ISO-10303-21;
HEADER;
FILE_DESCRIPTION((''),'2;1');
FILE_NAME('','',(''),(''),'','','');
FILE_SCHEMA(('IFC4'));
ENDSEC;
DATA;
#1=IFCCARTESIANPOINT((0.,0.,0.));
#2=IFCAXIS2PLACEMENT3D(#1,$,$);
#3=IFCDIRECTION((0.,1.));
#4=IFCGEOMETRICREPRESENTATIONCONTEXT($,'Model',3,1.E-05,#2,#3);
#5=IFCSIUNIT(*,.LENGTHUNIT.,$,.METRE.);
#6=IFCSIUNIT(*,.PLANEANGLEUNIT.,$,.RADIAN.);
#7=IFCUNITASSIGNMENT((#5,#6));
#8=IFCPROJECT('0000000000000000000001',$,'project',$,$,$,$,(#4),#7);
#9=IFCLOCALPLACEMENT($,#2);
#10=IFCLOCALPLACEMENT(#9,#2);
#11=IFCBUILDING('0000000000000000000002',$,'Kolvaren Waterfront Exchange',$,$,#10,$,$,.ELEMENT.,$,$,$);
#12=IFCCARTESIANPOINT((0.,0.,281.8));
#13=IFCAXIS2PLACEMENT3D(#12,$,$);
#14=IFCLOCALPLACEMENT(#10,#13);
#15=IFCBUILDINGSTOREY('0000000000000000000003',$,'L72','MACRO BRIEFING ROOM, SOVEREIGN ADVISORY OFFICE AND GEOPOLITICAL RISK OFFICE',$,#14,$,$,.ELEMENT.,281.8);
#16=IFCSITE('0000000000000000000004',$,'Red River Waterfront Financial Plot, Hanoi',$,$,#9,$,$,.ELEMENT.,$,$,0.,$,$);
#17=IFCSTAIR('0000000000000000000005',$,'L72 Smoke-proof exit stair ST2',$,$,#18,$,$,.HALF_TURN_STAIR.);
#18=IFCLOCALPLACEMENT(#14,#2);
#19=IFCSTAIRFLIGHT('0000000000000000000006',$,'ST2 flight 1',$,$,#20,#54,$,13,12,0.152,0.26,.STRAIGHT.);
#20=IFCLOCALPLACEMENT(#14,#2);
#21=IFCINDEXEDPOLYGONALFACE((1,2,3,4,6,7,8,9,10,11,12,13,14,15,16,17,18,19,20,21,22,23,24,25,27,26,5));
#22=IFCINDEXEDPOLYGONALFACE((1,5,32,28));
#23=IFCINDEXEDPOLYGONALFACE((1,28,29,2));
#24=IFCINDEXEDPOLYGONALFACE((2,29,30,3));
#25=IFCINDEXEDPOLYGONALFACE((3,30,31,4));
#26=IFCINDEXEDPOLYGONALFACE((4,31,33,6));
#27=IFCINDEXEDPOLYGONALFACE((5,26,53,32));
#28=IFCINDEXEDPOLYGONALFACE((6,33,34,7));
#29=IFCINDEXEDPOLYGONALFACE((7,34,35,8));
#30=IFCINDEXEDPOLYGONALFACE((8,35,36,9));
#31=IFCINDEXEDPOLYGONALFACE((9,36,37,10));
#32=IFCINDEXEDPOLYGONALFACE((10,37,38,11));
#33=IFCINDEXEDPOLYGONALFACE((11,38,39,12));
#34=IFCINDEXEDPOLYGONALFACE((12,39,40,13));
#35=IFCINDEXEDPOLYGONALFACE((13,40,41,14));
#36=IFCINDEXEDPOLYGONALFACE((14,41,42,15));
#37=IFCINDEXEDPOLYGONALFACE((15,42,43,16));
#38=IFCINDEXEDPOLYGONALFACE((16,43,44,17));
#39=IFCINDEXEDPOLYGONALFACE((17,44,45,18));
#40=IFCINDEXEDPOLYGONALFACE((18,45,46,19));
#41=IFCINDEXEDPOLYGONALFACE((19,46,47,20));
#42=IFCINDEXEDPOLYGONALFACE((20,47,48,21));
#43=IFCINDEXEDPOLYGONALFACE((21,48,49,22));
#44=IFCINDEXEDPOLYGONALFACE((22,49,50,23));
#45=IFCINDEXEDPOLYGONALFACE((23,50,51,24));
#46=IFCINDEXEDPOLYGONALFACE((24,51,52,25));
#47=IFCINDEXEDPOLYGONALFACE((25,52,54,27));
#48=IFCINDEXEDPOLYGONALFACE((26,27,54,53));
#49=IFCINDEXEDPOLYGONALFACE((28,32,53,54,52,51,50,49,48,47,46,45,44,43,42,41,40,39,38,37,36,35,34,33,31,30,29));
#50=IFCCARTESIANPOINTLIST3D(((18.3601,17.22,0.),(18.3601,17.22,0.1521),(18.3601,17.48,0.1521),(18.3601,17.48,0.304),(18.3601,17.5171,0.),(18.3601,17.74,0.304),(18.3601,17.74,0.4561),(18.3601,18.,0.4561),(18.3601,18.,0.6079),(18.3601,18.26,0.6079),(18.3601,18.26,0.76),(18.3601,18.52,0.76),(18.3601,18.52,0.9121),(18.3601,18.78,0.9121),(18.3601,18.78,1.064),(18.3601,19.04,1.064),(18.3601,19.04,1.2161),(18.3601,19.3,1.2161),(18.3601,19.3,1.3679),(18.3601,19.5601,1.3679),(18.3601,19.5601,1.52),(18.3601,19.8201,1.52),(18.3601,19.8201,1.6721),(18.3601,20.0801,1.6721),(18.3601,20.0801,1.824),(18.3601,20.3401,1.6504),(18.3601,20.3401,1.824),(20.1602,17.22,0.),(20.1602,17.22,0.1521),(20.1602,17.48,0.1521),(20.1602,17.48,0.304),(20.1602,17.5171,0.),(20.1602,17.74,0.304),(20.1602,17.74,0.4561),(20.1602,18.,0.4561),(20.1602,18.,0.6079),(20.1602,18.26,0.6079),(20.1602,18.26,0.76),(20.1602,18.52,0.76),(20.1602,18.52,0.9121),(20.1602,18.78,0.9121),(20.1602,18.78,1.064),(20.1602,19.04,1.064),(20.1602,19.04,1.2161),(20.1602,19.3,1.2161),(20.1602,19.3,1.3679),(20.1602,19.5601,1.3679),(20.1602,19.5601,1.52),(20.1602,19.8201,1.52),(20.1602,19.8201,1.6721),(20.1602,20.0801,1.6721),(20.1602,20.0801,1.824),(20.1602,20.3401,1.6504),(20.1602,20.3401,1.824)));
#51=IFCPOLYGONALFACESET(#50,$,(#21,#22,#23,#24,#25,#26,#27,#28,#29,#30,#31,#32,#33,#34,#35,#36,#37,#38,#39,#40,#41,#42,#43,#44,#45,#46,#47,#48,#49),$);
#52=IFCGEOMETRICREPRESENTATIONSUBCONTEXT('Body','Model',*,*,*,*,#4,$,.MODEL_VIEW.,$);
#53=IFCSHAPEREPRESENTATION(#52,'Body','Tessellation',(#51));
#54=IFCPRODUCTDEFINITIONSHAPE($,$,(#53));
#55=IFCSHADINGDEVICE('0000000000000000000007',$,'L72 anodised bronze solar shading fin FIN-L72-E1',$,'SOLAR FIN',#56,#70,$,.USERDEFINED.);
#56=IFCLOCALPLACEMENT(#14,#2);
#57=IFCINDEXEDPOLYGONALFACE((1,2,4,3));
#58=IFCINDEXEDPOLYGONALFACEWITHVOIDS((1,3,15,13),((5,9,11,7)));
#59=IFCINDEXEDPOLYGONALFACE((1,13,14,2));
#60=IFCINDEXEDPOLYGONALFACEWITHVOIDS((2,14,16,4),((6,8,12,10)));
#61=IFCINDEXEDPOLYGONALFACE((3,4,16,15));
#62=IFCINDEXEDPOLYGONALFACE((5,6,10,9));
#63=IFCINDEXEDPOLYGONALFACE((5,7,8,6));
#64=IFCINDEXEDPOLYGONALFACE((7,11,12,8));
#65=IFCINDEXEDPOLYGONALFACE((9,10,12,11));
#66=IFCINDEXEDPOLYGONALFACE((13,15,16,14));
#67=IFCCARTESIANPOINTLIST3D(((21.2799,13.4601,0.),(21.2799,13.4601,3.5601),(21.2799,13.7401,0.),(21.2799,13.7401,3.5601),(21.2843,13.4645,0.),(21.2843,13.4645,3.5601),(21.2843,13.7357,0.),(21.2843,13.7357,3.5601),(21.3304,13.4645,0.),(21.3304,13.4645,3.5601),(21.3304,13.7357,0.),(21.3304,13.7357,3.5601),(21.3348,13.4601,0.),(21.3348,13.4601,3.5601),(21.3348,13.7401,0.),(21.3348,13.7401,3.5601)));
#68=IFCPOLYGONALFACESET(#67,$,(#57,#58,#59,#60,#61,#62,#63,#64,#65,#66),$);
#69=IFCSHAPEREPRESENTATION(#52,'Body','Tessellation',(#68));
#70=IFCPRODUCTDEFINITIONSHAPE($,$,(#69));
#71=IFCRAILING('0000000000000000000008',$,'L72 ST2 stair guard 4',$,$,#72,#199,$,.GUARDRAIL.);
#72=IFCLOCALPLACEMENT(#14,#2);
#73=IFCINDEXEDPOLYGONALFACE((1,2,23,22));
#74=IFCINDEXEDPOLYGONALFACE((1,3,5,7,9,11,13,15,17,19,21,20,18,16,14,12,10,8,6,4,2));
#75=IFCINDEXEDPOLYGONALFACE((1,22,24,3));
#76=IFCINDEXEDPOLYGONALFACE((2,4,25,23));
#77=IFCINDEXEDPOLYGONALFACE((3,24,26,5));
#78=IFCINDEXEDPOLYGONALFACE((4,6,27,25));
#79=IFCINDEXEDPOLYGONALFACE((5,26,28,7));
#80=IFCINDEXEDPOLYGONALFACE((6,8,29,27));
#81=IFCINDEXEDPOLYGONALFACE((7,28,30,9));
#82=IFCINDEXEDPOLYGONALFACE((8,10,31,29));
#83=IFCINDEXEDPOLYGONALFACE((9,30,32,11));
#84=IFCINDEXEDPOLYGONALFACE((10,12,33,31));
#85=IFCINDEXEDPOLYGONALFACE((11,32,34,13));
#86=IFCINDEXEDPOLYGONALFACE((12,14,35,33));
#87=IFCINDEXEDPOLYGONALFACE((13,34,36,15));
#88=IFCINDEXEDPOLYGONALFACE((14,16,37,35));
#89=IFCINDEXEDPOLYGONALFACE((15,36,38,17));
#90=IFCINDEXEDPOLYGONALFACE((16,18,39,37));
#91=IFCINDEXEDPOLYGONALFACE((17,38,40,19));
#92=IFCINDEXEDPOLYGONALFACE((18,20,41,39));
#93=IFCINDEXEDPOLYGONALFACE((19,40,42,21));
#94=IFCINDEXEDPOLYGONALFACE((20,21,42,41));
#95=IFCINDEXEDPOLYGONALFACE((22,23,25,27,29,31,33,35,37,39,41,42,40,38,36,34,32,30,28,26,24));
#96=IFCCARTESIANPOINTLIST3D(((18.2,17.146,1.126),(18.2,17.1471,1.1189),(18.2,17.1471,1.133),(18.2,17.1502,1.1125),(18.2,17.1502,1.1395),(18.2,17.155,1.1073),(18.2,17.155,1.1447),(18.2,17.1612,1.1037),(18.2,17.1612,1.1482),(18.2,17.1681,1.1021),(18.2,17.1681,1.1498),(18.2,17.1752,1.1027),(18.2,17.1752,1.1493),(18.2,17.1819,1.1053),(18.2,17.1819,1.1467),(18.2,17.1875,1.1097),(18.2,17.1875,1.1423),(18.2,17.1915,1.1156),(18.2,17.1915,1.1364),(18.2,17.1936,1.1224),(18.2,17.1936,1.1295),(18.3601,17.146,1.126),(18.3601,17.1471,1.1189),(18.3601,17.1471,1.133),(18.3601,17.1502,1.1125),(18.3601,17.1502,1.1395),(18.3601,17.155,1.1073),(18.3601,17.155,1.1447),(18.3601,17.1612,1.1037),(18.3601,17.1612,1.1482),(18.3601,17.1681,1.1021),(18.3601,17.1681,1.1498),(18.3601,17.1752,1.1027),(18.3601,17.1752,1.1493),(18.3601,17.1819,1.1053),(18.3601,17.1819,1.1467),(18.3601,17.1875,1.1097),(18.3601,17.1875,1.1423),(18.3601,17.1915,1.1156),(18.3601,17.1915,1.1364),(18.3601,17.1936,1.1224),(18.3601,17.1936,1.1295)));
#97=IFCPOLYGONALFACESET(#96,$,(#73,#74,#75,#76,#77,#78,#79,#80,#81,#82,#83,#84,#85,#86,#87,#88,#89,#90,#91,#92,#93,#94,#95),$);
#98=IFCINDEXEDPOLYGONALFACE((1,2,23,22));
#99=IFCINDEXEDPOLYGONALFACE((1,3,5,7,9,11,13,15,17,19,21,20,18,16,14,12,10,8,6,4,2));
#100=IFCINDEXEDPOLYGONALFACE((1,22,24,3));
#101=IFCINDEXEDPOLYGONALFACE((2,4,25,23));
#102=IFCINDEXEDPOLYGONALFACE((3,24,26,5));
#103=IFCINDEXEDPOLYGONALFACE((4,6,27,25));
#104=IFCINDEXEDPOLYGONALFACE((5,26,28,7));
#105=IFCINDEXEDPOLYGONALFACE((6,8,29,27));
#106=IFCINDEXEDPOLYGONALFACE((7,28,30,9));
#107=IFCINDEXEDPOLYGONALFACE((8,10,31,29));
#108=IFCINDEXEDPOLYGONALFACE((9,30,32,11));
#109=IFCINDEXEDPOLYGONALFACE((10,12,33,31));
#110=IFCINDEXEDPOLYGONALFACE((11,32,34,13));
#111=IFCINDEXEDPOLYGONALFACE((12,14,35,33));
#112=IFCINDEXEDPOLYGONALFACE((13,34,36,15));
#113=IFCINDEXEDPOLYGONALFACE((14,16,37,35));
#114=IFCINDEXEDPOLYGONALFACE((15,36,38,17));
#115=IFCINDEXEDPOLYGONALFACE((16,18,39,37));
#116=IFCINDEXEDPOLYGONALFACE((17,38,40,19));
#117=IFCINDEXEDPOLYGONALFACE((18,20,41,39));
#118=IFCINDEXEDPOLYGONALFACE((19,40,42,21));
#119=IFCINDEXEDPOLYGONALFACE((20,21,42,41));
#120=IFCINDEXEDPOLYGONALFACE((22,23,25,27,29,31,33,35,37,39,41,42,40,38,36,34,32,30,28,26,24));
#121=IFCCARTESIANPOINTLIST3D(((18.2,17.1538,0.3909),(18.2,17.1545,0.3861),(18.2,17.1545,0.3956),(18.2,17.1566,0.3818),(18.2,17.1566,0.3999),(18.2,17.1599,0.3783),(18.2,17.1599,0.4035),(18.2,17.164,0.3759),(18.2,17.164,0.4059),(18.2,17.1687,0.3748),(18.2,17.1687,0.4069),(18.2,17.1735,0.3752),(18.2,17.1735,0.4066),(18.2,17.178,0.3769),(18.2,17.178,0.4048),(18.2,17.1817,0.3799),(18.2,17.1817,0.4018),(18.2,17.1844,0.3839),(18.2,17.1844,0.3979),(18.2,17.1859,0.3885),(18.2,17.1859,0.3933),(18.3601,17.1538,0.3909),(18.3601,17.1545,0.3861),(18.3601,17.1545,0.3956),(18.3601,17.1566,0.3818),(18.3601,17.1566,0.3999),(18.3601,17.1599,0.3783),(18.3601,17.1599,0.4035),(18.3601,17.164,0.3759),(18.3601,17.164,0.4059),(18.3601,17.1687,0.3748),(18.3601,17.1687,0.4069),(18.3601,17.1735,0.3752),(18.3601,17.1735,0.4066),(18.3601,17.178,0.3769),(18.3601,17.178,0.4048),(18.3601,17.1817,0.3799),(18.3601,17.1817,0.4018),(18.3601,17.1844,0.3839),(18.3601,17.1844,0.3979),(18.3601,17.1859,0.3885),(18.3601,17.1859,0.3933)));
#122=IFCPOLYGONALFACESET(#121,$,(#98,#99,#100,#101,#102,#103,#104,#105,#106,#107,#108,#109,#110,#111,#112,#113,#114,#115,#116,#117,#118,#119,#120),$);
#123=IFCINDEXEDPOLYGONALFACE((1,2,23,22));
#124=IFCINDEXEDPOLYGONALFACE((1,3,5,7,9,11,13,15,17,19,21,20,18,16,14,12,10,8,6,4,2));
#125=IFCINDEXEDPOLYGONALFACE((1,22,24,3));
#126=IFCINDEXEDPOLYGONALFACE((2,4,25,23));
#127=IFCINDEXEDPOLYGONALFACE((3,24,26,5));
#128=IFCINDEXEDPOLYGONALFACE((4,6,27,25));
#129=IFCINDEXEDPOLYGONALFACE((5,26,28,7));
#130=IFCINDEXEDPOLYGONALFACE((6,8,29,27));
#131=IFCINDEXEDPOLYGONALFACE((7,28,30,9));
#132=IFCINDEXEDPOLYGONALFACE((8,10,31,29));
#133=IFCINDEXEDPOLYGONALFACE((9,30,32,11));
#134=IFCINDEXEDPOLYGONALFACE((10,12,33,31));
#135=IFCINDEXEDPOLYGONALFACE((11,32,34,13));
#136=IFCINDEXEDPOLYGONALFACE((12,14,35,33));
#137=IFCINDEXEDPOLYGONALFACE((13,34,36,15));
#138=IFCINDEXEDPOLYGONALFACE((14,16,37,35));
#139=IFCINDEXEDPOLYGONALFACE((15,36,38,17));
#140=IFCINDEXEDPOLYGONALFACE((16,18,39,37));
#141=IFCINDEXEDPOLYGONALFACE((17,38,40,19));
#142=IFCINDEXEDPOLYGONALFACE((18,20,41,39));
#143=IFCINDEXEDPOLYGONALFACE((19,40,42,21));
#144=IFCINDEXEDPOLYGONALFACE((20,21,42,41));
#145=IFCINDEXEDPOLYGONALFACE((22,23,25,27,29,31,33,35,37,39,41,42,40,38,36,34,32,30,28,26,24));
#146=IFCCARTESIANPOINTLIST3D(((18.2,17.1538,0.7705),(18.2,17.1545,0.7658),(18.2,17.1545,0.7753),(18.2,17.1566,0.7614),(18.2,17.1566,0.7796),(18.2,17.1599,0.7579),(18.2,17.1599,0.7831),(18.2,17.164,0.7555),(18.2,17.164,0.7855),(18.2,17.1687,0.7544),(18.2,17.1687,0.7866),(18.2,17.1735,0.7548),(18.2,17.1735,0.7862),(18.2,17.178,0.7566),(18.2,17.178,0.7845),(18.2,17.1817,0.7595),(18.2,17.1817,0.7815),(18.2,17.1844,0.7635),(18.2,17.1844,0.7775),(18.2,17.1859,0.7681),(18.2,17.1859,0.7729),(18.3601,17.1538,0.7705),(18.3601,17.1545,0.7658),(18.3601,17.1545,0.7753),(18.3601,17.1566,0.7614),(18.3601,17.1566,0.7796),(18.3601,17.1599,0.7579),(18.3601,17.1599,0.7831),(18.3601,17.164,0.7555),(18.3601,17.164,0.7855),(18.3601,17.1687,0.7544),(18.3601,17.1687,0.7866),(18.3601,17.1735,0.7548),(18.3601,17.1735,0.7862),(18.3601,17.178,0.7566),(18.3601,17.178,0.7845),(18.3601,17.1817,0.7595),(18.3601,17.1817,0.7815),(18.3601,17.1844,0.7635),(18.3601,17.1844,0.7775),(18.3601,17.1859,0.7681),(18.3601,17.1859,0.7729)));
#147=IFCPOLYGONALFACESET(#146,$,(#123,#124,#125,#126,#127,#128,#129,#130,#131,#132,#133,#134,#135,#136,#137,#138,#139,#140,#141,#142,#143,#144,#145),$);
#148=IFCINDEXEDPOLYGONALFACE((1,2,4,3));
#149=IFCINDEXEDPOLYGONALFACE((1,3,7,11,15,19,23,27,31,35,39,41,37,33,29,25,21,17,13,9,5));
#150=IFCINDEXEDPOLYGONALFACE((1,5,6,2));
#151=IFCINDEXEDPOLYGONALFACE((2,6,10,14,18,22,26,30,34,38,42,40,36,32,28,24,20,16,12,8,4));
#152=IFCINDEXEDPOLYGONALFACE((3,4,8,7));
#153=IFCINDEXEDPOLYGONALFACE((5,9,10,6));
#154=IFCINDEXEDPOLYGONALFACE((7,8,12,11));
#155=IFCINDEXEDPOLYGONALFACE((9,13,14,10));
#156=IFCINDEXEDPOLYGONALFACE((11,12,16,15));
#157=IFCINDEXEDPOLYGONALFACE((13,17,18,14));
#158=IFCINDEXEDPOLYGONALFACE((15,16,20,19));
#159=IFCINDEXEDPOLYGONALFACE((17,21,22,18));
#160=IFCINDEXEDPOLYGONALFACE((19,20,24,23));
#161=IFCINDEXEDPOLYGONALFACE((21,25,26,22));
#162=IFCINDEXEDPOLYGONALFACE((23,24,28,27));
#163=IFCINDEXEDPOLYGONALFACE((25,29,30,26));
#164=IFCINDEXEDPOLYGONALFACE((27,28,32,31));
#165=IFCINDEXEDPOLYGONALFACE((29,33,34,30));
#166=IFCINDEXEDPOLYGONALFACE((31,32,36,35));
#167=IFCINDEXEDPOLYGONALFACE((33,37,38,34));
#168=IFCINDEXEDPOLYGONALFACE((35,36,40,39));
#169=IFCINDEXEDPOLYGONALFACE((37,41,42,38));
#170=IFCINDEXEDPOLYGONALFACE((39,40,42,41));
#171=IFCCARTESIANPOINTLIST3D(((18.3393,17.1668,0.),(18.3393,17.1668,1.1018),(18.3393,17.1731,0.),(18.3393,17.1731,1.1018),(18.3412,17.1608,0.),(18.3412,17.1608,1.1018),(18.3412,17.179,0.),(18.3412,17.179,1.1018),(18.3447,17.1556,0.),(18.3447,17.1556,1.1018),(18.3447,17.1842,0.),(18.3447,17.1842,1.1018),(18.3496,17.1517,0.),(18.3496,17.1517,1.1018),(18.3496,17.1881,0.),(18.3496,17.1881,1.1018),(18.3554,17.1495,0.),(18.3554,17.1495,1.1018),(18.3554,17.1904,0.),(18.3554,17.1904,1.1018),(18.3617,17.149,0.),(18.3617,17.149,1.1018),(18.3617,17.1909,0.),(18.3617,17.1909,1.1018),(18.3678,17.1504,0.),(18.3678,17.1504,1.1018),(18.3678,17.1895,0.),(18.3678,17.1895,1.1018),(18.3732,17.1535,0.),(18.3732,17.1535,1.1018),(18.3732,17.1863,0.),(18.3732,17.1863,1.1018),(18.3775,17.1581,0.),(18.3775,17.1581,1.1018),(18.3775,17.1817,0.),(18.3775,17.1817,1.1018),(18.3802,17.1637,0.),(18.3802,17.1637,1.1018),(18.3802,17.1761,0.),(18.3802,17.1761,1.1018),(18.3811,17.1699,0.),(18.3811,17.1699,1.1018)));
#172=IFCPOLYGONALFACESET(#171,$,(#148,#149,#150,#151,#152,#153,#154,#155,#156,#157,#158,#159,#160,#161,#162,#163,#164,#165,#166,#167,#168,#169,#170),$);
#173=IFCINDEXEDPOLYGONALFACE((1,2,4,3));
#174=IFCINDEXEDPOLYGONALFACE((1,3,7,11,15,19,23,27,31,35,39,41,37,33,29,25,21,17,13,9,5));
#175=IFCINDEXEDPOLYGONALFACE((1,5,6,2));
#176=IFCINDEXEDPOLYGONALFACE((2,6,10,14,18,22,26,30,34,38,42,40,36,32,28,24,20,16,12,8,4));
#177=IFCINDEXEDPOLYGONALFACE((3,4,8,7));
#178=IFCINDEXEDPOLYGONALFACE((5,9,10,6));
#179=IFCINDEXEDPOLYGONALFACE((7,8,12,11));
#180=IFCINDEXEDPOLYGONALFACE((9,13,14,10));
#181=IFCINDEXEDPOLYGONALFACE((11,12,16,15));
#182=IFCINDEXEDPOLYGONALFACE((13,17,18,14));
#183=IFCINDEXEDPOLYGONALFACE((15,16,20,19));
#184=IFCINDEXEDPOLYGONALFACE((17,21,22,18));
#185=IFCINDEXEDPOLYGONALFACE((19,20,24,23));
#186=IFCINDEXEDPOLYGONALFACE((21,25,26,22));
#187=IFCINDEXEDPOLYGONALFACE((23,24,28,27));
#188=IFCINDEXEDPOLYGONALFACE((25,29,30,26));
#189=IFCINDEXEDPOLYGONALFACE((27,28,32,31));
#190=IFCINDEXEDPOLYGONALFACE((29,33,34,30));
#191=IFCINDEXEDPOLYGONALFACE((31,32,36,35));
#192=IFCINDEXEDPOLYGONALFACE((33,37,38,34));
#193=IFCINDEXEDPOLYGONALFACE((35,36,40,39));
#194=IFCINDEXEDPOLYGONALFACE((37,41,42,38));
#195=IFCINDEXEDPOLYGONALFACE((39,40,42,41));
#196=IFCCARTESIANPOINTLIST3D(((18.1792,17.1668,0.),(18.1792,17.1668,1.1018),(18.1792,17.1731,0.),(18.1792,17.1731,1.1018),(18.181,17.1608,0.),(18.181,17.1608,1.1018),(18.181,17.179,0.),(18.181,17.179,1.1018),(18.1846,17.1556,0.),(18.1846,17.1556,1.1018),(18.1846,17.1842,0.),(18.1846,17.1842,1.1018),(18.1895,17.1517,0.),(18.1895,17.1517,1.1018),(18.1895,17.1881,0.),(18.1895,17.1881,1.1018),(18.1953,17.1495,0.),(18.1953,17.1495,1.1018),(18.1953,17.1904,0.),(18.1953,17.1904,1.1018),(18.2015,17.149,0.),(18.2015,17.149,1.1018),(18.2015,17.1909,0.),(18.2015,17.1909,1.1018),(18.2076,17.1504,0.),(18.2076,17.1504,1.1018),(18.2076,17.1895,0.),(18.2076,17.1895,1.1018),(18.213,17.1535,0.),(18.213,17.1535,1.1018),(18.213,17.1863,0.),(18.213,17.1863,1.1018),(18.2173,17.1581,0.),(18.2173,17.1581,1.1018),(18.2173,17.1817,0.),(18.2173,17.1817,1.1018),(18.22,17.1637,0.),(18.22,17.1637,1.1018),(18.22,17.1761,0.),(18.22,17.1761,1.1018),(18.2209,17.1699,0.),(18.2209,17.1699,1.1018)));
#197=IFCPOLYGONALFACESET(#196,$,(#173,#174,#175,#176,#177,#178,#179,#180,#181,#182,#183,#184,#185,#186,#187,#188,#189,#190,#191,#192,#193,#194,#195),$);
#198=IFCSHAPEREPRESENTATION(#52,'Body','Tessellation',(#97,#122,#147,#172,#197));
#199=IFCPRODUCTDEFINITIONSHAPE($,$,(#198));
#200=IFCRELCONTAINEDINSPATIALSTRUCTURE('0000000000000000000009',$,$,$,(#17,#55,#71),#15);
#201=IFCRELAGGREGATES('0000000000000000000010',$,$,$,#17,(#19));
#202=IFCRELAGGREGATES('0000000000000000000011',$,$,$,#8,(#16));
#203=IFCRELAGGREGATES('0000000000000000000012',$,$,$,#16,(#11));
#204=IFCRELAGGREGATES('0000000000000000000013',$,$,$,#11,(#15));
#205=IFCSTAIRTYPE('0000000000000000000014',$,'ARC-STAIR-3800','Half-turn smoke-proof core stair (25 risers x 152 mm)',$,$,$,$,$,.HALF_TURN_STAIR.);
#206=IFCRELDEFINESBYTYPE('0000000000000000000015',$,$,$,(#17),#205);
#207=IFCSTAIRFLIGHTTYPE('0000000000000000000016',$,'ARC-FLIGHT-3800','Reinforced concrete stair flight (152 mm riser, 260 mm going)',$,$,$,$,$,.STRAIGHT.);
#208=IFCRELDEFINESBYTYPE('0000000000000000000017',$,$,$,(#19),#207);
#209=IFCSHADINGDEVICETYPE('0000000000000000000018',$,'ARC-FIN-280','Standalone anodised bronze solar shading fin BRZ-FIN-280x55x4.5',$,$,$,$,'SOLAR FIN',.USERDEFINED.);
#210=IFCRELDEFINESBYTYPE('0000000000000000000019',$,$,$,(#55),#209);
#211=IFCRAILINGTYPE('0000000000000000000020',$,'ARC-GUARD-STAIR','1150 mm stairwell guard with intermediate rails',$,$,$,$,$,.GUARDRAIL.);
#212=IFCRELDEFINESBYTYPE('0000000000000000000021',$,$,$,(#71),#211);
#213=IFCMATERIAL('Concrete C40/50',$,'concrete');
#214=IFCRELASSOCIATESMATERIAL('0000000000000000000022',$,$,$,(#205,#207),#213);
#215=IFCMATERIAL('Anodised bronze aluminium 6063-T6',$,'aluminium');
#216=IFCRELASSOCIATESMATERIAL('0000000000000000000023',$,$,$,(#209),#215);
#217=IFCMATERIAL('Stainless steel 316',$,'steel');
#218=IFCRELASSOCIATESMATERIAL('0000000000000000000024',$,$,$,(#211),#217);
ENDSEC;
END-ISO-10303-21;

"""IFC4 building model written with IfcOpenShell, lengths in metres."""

from ifc_helpers import new_model, si_unit, direction, frame, origin, origin_2d, place, context, subcontext, project, spatial, polyline, hollow_rectangle, circle, outline, extrude, material, material_profile, profile_set, type_object, element, aggregate, save


model = new_model("IFC4")

# Units and contexts
model_context = context("Model", 3, precision=1e-05, world=origin(), true_north=direction((0.0, 1.0)))
body_context = subcontext(model_context, "Body", "Model", "MODEL_VIEW")
ifc_project = project(units=[si_unit("LENGTHUNIT", "METRE"), si_unit("PLANEANGLEUNIT", "RADIAN")], contexts=[model_context])

# Site, building, storey
site_placement = place(None, origin())
site = spatial("IfcSite", under=ifc_project, at=site_placement, Name="Red River Waterfront Financial Plot, Hanoi", CompositionType="ELEMENT", RefElevation=0.0)
building_placement = place(site_placement, origin())
building = spatial("IfcBuilding", under=site, at=building_placement, Name="Kolvaren Waterfront Exchange", CompositionType="ELEMENT")
storey_placement = place(building_placement, frame((0.0, 0.0, 281.8)))
storey = spatial("IfcBuildingStorey", under=building, at=storey_placement, Name="L72", Description="MACRO BRIEFING ROOM, SOVEREIGN ADVISORY OFFICE AND GEOPOLITICAL RISK OFFICE", CompositionType="ELEMENT", Elevation=281.8)

# Shared definitions
ifc_material_1 = material(Name="Concrete C40/50", Category="concrete")

# Stair, stair flight
stair_type = type_object("IfcStairType", Name="ARC-STAIR-3800", Description="Half-turn smoke-proof core stair (25 risers x 152 mm)", PredefinedType="HALF_TURN_STAIR", material=ifc_material_1)
stair_placement = place(storey_placement, origin())
stair = element("IfcStair", 1, at=stair_placement, inside=storey, type_object=stair_type, Name="L72 Smoke-proof exit stair ST2", PredefinedType="HALF_TURN_STAIR")
stair_flight_type = type_object("IfcStairFlightType", Name="ARC-FLIGHT-3800", Description="Reinforced concrete stair flight (152 mm riser, 260 mm going)", PredefinedType="STRAIGHT", material=ifc_material_1)
stair_flight_placement = place(storey_placement, frame((19.26, 17.22, 0.0), z_axis=(0.0, 0.0, 1.0), x_axis=(0.0, 1.0, 0.0)))
stair_flight = element("IfcStairFlight", 2, at=stair_flight_placement, type_object=stair_flight_type, Name="ST2 flight 1", NumberOfRisers=13, NumberOfTreads=12, PredefinedType="STRAIGHT", RiserHeight=0.152, TreadLength=0.26, context=body_context, shape_type="SweptSolid", body=[
    extrude(outline(polyline([(0.0, 0.0), (0.0, 0.1521), (0.26, 0.1521), (0.26, 0.304), (0.52, 0.304), (0.52, 0.4561), (0.78, 0.4561), (0.78, 0.6079), (1.04, 0.6079), (1.04, 0.76), (1.3, 0.76), (1.3, 0.9121), (1.5601, 0.9121), (1.5601, 1.064), (1.8201, 1.064), (1.8201, 1.2161), (2.0801, 1.2161), (2.0801, 1.3679), (2.3401, 1.3679), (2.3401, 1.52), (2.6001, 1.52), (2.6001, 1.6721), (2.8601, 1.6721), (2.8601, 1.824), (3.1201, 1.824), (3.1201, 1.9761), (3.1201, 1.6504), (0.2971, 0.0), (0.0, 0.0)])), frame((0.0, 0.8999, 0.0), z_axis=(0.0, -1.0, 0.0), x_axis=(1.0, 0.0, 0.0)), (0.0, 0.0, 1.0), 1.8),
])
aggregate(stair, [stair_flight])

# Shading device
ifc_material_2 = material(Name="Anodised bronze aluminium 6063-T6", Category="aluminium")
ifc_material_profile_1 = material_profile(ifc_material_2, hollow_rectangle(XDim=0.0549, YDim=0.28, WallThickness=0.0044, at=origin_2d()), Name="BRZ-FIN-280x55x4.5")
ifc_profile_set_1 = profile_set([ifc_material_profile_1], Name="Anodised bronze aluminium 6063-T6")
shading_device_type = type_object("IfcShadingDeviceType", Name="ARC-FIN-280", Description="Standalone anodised bronze solar shading fin BRZ-FIN-280x55x4.5", ElementType="SOLAR FIN", PredefinedType="USERDEFINED", material=ifc_profile_set_1)
shading_device_placement = place(storey_placement, frame((21.3074, 13.6001, 0.0), z_axis=(0.0, 0.0, 1.0), x_axis=(1.0, 0.0, 0.0)))
element("IfcShadingDevice", 3, at=shading_device_placement, inside=storey, type_object=shading_device_type, Name="L72 anodised bronze solar shading fin FIN-L72-E1", ObjectType="SOLAR FIN", PredefinedType="USERDEFINED", context=body_context, shape_type="SweptSolid", body=[
    extrude(hollow_rectangle(XDim=0.0549, YDim=0.28, WallThickness=0.0044, at=origin_2d()), origin(), (0.0, 0.0, 1.0), 3.5601),
])

# Railing
ifc_material_3 = material(Name="Stainless steel 316", Category="steel")
railing_type_1 = type_object("IfcRailingType", Name="ARC-GUARD-STAIR", Description="1150 mm stairwell guard with intermediate rails", PredefinedType="GUARDRAIL", material=ifc_material_3)
railing_1_placement = place(storey_placement, frame((18.3601, 17.1699, 0.0)))
element("IfcRailing", 4, at=railing_1_placement, inside=storey, type_object=railing_type_1, Name="L72 ST2 stair guard 4", PredefinedType="GUARDRAIL", context=body_context, shape_type="SweptSolid", body=[
    extrude(circle(Radius=0.0239, at=origin_2d()), frame((0.0, 0.0, 1.126), z_axis=(-1.0, 0.0, 0.0), x_axis=(0.0, -1.0, 0.0)), (0.0, 0.0, 1.0), 0.1602),
    extrude(circle(Radius=0.0161, at=origin_2d()), frame((0.0, 0.0, 0.3909), z_axis=(-1.0, 0.0, 0.0), x_axis=(0.0, -1.0, 0.0)), (0.0, 0.0, 1.0), 0.1602),
    extrude(circle(Radius=0.0161, at=origin_2d()), frame((0.0, 0.0, 0.7705), z_axis=(-1.0, 0.0, 0.0), x_axis=(0.0, -1.0, 0.0)), (0.0, 0.0, 1.0), 0.1602),
    extrude(circle(Radius=0.021, at=origin_2d()), origin(), (0.0, 0.0, 1.0), 1.1018),
    extrude(circle(Radius=0.021, at=origin_2d()), frame((-0.1602, 0.0, 0.0)), (0.0, 0.0, 1.0), 1.1018),
])

save(model, "model.ifc")
